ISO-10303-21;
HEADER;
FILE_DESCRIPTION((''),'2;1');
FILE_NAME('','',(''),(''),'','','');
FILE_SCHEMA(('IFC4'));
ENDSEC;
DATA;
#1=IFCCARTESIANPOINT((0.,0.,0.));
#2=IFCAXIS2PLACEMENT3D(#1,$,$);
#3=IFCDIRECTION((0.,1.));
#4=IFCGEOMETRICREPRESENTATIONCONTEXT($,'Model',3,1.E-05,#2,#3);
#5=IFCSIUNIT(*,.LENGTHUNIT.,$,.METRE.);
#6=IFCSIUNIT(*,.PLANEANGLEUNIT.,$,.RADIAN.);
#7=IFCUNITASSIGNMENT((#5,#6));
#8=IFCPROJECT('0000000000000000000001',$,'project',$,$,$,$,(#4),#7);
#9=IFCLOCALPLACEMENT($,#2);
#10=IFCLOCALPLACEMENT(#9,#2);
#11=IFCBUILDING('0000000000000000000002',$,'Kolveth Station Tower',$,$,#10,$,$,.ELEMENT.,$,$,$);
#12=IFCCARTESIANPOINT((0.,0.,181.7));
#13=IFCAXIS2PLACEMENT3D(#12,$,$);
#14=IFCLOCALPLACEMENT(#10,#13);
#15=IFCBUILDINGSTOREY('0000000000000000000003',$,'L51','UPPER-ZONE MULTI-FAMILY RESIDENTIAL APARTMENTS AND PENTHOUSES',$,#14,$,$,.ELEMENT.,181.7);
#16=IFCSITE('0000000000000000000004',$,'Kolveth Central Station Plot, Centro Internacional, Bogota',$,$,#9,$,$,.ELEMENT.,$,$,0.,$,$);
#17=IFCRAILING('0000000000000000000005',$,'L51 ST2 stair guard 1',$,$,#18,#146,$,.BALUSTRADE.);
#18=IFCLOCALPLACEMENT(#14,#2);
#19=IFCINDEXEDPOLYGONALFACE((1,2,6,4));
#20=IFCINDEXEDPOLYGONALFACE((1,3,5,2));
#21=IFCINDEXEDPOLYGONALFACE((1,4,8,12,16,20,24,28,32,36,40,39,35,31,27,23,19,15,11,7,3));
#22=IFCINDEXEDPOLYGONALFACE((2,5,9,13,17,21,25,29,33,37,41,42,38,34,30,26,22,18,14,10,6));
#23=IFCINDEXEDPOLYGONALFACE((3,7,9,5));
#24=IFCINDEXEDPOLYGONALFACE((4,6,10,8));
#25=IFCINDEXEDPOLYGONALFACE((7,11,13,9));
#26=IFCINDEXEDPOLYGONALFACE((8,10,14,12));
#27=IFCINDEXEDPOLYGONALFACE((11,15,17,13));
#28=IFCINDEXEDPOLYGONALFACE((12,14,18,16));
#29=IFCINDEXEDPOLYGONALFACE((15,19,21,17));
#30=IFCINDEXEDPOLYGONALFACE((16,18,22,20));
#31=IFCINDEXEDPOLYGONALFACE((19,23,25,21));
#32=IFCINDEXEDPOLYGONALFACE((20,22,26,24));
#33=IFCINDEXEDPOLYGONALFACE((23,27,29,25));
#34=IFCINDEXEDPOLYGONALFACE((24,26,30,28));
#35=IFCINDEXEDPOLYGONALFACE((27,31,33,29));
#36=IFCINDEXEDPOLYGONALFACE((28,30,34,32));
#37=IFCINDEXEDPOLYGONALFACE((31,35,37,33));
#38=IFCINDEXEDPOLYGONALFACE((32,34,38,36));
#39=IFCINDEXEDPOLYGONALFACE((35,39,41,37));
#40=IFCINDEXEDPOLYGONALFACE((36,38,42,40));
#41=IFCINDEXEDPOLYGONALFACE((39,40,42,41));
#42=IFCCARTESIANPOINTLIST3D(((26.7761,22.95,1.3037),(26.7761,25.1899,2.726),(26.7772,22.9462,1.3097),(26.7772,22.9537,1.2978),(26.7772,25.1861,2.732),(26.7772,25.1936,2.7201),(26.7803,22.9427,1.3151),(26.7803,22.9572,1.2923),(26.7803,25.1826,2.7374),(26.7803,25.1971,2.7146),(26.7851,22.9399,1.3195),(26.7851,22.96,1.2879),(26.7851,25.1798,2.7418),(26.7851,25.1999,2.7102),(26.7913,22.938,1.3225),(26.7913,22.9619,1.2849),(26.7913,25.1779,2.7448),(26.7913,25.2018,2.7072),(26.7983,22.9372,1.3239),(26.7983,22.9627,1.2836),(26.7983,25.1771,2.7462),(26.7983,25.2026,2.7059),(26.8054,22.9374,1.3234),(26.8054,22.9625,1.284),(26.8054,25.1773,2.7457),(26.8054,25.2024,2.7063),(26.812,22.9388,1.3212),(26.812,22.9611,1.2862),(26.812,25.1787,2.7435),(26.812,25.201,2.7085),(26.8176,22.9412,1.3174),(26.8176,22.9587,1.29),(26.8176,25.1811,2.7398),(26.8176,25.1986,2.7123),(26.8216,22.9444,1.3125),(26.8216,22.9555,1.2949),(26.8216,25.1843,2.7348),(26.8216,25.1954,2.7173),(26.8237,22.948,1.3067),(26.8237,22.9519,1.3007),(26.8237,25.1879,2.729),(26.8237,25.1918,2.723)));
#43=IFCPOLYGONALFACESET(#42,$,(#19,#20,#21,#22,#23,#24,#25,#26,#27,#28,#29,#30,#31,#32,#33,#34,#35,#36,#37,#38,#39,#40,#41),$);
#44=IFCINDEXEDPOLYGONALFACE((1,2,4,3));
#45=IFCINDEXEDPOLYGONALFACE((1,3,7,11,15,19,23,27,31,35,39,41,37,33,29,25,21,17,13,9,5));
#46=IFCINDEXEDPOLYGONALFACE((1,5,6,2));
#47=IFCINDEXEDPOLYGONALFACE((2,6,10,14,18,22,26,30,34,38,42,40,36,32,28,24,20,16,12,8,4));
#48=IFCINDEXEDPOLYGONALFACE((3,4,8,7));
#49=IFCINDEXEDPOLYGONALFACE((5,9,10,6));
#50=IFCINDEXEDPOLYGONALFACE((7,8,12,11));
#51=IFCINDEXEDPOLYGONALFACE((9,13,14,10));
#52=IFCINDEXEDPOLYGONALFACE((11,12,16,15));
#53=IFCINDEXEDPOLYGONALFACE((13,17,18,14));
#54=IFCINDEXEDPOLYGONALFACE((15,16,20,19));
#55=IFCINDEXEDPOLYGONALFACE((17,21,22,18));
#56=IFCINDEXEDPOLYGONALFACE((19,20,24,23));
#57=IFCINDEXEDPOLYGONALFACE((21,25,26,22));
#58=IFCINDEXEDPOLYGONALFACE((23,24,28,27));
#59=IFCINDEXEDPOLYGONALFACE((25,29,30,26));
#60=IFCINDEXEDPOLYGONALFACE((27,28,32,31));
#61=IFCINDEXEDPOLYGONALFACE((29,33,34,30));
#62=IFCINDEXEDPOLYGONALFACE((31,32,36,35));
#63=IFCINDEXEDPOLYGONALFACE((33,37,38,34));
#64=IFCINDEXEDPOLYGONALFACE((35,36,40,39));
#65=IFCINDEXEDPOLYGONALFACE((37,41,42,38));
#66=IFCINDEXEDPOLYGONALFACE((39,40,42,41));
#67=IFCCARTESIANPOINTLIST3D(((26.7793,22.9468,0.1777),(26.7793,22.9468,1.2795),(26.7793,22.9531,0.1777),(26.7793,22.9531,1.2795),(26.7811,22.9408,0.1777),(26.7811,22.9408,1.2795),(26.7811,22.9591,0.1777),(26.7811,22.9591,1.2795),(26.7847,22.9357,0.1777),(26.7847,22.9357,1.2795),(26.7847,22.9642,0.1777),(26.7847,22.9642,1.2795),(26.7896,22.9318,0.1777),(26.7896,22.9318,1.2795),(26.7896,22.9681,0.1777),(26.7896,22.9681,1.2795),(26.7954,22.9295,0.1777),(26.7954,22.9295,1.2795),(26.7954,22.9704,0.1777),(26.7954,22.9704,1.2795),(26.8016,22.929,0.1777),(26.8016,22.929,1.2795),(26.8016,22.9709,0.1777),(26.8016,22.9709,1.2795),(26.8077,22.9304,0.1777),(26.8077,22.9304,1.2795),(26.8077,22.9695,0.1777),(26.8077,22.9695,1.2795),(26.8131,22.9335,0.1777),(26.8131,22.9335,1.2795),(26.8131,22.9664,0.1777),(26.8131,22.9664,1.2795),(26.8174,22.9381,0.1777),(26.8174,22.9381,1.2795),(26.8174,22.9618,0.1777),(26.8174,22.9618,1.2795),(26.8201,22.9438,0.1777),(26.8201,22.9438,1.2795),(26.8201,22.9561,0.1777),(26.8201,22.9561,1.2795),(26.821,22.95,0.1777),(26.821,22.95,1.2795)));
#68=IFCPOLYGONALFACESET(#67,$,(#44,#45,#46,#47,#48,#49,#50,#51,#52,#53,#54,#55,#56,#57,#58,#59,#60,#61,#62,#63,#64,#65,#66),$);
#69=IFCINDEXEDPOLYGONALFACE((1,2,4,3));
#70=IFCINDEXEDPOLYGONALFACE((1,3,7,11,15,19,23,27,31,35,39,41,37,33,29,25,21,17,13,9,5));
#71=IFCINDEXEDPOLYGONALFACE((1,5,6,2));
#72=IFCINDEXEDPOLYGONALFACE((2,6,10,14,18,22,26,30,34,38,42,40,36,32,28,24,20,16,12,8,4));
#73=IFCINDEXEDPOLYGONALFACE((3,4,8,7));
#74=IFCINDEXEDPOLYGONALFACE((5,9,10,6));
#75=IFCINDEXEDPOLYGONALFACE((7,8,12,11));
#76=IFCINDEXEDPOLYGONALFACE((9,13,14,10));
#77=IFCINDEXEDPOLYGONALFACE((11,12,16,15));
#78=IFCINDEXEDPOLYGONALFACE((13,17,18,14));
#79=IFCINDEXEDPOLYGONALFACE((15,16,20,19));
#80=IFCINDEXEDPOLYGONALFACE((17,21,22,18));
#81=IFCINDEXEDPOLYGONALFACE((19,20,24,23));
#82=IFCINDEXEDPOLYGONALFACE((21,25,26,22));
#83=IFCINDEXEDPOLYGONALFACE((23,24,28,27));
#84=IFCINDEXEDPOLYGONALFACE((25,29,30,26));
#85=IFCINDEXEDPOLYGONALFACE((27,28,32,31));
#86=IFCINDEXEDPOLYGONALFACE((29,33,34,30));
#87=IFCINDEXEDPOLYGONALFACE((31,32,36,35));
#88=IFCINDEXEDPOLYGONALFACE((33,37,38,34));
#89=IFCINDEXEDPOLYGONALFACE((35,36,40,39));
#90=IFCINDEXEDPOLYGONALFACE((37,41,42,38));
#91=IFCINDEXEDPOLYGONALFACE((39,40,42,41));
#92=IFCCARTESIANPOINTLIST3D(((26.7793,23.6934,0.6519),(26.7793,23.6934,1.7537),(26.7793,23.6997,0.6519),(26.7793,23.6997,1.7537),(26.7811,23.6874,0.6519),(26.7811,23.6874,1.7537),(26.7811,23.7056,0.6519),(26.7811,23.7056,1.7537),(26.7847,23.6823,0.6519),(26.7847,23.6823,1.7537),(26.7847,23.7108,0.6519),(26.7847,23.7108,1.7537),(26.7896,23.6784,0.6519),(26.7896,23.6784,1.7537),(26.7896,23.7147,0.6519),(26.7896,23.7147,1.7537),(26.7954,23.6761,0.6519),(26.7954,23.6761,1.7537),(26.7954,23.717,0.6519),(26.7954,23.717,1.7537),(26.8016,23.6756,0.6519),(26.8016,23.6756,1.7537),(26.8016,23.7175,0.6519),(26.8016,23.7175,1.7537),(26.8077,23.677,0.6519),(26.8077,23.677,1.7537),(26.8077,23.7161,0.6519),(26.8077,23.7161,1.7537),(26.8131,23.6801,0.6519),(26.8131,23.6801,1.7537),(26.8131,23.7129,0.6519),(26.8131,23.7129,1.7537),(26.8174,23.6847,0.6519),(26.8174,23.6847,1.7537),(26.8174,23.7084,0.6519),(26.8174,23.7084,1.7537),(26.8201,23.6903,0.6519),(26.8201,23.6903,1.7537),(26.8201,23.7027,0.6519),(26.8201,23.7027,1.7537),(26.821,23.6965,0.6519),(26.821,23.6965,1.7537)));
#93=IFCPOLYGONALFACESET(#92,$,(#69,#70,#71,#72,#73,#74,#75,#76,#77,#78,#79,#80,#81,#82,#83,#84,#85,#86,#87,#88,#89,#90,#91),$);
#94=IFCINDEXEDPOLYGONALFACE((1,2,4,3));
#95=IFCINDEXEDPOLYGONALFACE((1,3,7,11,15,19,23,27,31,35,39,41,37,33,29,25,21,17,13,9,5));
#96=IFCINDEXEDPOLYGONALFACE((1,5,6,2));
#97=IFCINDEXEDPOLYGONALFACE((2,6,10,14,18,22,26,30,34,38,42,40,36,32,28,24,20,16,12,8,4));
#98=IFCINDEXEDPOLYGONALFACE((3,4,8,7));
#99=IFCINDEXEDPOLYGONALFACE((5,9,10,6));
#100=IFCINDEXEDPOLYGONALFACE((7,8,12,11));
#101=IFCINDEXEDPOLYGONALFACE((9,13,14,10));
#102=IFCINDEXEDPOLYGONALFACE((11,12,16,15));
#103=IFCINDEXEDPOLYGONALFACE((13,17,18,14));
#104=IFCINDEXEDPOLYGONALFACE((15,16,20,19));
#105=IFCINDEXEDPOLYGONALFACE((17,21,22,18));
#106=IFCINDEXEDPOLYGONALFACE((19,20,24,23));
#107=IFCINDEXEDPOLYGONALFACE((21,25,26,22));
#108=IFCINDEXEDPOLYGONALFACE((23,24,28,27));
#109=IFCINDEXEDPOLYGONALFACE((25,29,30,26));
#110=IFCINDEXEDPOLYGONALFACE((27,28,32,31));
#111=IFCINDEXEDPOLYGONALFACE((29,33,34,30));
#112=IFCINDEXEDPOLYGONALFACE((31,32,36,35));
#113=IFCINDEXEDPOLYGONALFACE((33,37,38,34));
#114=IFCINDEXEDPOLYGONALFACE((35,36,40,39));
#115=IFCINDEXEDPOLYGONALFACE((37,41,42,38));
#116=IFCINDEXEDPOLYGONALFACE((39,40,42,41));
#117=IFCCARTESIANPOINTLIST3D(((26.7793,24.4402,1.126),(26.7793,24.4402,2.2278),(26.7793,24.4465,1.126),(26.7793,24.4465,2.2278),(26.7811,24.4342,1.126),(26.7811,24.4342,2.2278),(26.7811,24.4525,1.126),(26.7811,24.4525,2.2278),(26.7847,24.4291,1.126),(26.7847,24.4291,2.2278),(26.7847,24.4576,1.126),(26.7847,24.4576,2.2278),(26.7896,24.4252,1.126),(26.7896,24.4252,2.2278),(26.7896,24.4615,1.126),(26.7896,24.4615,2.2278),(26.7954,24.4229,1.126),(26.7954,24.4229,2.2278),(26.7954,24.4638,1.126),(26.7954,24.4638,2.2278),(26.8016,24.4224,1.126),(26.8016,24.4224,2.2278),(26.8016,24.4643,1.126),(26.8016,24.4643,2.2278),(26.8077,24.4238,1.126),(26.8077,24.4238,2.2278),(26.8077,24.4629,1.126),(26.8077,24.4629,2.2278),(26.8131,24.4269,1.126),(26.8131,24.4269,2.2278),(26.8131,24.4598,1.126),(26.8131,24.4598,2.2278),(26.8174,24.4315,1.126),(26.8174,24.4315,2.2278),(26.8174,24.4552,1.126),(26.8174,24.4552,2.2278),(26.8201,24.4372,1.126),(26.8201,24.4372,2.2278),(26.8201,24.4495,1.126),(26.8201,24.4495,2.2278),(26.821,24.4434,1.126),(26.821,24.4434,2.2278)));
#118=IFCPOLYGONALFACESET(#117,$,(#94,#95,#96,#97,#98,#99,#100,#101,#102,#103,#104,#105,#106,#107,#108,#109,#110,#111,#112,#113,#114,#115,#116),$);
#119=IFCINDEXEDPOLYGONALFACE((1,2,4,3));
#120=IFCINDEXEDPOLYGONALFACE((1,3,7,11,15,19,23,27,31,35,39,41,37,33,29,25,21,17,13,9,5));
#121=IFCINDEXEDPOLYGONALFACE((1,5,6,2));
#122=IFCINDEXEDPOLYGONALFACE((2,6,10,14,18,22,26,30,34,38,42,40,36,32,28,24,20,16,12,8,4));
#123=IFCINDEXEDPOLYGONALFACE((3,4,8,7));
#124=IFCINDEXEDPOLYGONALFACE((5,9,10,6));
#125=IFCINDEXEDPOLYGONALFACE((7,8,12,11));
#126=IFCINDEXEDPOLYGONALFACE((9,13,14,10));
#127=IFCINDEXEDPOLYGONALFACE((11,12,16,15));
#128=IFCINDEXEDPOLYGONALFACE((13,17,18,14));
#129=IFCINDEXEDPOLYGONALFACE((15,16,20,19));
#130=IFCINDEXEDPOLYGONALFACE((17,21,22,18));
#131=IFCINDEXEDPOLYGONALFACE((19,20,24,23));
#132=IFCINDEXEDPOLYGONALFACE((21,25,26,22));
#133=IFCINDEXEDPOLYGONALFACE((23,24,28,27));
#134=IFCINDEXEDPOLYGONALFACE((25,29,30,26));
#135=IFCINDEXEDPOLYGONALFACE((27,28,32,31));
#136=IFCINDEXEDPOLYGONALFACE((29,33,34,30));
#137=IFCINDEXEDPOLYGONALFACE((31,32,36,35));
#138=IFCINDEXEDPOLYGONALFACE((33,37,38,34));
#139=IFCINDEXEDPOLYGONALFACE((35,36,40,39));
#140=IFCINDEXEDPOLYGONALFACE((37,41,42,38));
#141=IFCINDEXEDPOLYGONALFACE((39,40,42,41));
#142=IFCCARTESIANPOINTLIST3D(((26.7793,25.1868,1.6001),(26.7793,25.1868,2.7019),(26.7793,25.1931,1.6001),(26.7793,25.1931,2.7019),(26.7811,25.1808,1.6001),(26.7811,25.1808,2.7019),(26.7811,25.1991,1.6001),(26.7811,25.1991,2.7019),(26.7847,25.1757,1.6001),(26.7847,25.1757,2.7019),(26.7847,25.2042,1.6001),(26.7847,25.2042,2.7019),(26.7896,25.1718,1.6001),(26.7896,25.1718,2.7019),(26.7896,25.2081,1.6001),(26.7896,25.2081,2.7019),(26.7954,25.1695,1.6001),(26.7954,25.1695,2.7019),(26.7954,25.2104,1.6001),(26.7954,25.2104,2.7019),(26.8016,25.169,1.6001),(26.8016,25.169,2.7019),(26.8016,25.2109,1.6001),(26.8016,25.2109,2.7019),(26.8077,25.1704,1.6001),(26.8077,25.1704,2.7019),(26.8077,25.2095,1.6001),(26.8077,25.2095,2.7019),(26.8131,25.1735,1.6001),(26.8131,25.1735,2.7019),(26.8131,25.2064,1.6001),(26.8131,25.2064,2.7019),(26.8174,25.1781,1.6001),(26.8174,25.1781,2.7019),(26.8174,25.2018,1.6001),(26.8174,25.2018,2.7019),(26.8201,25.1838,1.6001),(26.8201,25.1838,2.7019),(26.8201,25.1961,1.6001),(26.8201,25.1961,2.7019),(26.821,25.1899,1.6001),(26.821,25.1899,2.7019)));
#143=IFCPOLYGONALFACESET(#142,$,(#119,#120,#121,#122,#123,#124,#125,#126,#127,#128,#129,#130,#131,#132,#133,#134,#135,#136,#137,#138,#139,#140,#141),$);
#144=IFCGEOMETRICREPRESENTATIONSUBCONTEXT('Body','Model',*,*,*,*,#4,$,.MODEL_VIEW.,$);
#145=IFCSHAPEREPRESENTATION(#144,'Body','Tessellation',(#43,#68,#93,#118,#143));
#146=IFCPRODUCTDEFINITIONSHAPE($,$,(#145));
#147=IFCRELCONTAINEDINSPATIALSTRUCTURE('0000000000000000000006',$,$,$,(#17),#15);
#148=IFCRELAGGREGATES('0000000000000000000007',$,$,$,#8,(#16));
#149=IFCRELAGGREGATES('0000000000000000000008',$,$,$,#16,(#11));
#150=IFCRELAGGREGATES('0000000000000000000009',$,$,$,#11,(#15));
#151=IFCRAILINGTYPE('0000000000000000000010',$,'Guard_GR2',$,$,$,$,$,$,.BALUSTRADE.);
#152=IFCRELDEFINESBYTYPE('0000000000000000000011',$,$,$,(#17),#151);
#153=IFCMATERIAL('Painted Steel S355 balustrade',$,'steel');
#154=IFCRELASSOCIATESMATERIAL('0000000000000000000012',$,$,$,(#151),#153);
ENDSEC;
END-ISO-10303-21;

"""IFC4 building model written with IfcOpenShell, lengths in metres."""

from ifc_helpers import new_model, si_unit, direction, frame, origin, origin_2d, place, context, subcontext, project, spatial, circle, extrude, material, type_object, element, save


model = new_model("IFC4")

# Units and contexts
model_context = context("Model", 3, precision=1e-05, world=origin(), true_north=direction((0.0, 1.0)))
body_context = subcontext(model_context, "Body", "Model", "MODEL_VIEW")
ifc_project = project(units=[si_unit("LENGTHUNIT", "METRE"), si_unit("PLANEANGLEUNIT", "RADIAN")], contexts=[model_context])

# Site, building, storey
site_placement = place(None, origin())
site = spatial("IfcSite", under=ifc_project, at=site_placement, Name="Kolveth Central Station Plot, Centro Internacional, Bogota", CompositionType="ELEMENT", RefElevation=0.0)
building_placement = place(site_placement, origin())
building = spatial("IfcBuilding", under=site, at=building_placement, Name="Kolveth Station Tower", CompositionType="ELEMENT")
storey_placement = place(building_placement, frame((0.0, 0.0, 181.7)))
storey = spatial("IfcBuildingStorey", under=building, at=storey_placement, Name="L51", Description="UPPER-ZONE MULTI-FAMILY RESIDENTIAL APARTMENTS AND PENTHOUSES", CompositionType="ELEMENT", Elevation=181.7)

# Railing
ifc_material_1 = material(Name="Painted Steel S355 balustrade", Category="steel")
railing_type_1 = type_object("IfcRailingType", Name="Guard_GR2", PredefinedType="BALUSTRADE", material=ifc_material_1)
railing_1_placement = place(storey_placement, frame((26.8, 22.95, 0.1777)))
element("IfcRailing", 1, at=railing_1_placement, inside=storey, type_object=railing_type_1, Name="L51 ST2 stair guard 1", PredefinedType="BALUSTRADE", context=body_context, shape_type="SweptSolid", body=[
    extrude(circle(Radius=0.0239, at=origin_2d()), frame((0.0, 0.0, 1.126), z_axis=(0.0, 0.844188, 0.536048), x_axis=(-1.0, 0.0, 0.0)), (0.0, 0.0, 1.0), 2.6533),
    extrude(circle(Radius=0.021, at=origin_2d()), origin(), (0.0, 0.0, 1.0), 1.1018),
    extrude(circle(Radius=0.021, at=origin_2d()), frame((0.0, 0.7466, 0.4741)), (0.0, 0.0, 1.0), 1.1018),
    extrude(circle(Radius=0.021, at=origin_2d()), frame((0.0, 1.4934, 0.9482)), (0.0, 0.0, 1.0), 1.1018),
    extrude(circle(Radius=0.021, at=origin_2d()), frame((0.0, 2.24, 1.4224)), (0.0, 0.0, 1.0), 1.1018),
])

save(model, "model.ifc")
